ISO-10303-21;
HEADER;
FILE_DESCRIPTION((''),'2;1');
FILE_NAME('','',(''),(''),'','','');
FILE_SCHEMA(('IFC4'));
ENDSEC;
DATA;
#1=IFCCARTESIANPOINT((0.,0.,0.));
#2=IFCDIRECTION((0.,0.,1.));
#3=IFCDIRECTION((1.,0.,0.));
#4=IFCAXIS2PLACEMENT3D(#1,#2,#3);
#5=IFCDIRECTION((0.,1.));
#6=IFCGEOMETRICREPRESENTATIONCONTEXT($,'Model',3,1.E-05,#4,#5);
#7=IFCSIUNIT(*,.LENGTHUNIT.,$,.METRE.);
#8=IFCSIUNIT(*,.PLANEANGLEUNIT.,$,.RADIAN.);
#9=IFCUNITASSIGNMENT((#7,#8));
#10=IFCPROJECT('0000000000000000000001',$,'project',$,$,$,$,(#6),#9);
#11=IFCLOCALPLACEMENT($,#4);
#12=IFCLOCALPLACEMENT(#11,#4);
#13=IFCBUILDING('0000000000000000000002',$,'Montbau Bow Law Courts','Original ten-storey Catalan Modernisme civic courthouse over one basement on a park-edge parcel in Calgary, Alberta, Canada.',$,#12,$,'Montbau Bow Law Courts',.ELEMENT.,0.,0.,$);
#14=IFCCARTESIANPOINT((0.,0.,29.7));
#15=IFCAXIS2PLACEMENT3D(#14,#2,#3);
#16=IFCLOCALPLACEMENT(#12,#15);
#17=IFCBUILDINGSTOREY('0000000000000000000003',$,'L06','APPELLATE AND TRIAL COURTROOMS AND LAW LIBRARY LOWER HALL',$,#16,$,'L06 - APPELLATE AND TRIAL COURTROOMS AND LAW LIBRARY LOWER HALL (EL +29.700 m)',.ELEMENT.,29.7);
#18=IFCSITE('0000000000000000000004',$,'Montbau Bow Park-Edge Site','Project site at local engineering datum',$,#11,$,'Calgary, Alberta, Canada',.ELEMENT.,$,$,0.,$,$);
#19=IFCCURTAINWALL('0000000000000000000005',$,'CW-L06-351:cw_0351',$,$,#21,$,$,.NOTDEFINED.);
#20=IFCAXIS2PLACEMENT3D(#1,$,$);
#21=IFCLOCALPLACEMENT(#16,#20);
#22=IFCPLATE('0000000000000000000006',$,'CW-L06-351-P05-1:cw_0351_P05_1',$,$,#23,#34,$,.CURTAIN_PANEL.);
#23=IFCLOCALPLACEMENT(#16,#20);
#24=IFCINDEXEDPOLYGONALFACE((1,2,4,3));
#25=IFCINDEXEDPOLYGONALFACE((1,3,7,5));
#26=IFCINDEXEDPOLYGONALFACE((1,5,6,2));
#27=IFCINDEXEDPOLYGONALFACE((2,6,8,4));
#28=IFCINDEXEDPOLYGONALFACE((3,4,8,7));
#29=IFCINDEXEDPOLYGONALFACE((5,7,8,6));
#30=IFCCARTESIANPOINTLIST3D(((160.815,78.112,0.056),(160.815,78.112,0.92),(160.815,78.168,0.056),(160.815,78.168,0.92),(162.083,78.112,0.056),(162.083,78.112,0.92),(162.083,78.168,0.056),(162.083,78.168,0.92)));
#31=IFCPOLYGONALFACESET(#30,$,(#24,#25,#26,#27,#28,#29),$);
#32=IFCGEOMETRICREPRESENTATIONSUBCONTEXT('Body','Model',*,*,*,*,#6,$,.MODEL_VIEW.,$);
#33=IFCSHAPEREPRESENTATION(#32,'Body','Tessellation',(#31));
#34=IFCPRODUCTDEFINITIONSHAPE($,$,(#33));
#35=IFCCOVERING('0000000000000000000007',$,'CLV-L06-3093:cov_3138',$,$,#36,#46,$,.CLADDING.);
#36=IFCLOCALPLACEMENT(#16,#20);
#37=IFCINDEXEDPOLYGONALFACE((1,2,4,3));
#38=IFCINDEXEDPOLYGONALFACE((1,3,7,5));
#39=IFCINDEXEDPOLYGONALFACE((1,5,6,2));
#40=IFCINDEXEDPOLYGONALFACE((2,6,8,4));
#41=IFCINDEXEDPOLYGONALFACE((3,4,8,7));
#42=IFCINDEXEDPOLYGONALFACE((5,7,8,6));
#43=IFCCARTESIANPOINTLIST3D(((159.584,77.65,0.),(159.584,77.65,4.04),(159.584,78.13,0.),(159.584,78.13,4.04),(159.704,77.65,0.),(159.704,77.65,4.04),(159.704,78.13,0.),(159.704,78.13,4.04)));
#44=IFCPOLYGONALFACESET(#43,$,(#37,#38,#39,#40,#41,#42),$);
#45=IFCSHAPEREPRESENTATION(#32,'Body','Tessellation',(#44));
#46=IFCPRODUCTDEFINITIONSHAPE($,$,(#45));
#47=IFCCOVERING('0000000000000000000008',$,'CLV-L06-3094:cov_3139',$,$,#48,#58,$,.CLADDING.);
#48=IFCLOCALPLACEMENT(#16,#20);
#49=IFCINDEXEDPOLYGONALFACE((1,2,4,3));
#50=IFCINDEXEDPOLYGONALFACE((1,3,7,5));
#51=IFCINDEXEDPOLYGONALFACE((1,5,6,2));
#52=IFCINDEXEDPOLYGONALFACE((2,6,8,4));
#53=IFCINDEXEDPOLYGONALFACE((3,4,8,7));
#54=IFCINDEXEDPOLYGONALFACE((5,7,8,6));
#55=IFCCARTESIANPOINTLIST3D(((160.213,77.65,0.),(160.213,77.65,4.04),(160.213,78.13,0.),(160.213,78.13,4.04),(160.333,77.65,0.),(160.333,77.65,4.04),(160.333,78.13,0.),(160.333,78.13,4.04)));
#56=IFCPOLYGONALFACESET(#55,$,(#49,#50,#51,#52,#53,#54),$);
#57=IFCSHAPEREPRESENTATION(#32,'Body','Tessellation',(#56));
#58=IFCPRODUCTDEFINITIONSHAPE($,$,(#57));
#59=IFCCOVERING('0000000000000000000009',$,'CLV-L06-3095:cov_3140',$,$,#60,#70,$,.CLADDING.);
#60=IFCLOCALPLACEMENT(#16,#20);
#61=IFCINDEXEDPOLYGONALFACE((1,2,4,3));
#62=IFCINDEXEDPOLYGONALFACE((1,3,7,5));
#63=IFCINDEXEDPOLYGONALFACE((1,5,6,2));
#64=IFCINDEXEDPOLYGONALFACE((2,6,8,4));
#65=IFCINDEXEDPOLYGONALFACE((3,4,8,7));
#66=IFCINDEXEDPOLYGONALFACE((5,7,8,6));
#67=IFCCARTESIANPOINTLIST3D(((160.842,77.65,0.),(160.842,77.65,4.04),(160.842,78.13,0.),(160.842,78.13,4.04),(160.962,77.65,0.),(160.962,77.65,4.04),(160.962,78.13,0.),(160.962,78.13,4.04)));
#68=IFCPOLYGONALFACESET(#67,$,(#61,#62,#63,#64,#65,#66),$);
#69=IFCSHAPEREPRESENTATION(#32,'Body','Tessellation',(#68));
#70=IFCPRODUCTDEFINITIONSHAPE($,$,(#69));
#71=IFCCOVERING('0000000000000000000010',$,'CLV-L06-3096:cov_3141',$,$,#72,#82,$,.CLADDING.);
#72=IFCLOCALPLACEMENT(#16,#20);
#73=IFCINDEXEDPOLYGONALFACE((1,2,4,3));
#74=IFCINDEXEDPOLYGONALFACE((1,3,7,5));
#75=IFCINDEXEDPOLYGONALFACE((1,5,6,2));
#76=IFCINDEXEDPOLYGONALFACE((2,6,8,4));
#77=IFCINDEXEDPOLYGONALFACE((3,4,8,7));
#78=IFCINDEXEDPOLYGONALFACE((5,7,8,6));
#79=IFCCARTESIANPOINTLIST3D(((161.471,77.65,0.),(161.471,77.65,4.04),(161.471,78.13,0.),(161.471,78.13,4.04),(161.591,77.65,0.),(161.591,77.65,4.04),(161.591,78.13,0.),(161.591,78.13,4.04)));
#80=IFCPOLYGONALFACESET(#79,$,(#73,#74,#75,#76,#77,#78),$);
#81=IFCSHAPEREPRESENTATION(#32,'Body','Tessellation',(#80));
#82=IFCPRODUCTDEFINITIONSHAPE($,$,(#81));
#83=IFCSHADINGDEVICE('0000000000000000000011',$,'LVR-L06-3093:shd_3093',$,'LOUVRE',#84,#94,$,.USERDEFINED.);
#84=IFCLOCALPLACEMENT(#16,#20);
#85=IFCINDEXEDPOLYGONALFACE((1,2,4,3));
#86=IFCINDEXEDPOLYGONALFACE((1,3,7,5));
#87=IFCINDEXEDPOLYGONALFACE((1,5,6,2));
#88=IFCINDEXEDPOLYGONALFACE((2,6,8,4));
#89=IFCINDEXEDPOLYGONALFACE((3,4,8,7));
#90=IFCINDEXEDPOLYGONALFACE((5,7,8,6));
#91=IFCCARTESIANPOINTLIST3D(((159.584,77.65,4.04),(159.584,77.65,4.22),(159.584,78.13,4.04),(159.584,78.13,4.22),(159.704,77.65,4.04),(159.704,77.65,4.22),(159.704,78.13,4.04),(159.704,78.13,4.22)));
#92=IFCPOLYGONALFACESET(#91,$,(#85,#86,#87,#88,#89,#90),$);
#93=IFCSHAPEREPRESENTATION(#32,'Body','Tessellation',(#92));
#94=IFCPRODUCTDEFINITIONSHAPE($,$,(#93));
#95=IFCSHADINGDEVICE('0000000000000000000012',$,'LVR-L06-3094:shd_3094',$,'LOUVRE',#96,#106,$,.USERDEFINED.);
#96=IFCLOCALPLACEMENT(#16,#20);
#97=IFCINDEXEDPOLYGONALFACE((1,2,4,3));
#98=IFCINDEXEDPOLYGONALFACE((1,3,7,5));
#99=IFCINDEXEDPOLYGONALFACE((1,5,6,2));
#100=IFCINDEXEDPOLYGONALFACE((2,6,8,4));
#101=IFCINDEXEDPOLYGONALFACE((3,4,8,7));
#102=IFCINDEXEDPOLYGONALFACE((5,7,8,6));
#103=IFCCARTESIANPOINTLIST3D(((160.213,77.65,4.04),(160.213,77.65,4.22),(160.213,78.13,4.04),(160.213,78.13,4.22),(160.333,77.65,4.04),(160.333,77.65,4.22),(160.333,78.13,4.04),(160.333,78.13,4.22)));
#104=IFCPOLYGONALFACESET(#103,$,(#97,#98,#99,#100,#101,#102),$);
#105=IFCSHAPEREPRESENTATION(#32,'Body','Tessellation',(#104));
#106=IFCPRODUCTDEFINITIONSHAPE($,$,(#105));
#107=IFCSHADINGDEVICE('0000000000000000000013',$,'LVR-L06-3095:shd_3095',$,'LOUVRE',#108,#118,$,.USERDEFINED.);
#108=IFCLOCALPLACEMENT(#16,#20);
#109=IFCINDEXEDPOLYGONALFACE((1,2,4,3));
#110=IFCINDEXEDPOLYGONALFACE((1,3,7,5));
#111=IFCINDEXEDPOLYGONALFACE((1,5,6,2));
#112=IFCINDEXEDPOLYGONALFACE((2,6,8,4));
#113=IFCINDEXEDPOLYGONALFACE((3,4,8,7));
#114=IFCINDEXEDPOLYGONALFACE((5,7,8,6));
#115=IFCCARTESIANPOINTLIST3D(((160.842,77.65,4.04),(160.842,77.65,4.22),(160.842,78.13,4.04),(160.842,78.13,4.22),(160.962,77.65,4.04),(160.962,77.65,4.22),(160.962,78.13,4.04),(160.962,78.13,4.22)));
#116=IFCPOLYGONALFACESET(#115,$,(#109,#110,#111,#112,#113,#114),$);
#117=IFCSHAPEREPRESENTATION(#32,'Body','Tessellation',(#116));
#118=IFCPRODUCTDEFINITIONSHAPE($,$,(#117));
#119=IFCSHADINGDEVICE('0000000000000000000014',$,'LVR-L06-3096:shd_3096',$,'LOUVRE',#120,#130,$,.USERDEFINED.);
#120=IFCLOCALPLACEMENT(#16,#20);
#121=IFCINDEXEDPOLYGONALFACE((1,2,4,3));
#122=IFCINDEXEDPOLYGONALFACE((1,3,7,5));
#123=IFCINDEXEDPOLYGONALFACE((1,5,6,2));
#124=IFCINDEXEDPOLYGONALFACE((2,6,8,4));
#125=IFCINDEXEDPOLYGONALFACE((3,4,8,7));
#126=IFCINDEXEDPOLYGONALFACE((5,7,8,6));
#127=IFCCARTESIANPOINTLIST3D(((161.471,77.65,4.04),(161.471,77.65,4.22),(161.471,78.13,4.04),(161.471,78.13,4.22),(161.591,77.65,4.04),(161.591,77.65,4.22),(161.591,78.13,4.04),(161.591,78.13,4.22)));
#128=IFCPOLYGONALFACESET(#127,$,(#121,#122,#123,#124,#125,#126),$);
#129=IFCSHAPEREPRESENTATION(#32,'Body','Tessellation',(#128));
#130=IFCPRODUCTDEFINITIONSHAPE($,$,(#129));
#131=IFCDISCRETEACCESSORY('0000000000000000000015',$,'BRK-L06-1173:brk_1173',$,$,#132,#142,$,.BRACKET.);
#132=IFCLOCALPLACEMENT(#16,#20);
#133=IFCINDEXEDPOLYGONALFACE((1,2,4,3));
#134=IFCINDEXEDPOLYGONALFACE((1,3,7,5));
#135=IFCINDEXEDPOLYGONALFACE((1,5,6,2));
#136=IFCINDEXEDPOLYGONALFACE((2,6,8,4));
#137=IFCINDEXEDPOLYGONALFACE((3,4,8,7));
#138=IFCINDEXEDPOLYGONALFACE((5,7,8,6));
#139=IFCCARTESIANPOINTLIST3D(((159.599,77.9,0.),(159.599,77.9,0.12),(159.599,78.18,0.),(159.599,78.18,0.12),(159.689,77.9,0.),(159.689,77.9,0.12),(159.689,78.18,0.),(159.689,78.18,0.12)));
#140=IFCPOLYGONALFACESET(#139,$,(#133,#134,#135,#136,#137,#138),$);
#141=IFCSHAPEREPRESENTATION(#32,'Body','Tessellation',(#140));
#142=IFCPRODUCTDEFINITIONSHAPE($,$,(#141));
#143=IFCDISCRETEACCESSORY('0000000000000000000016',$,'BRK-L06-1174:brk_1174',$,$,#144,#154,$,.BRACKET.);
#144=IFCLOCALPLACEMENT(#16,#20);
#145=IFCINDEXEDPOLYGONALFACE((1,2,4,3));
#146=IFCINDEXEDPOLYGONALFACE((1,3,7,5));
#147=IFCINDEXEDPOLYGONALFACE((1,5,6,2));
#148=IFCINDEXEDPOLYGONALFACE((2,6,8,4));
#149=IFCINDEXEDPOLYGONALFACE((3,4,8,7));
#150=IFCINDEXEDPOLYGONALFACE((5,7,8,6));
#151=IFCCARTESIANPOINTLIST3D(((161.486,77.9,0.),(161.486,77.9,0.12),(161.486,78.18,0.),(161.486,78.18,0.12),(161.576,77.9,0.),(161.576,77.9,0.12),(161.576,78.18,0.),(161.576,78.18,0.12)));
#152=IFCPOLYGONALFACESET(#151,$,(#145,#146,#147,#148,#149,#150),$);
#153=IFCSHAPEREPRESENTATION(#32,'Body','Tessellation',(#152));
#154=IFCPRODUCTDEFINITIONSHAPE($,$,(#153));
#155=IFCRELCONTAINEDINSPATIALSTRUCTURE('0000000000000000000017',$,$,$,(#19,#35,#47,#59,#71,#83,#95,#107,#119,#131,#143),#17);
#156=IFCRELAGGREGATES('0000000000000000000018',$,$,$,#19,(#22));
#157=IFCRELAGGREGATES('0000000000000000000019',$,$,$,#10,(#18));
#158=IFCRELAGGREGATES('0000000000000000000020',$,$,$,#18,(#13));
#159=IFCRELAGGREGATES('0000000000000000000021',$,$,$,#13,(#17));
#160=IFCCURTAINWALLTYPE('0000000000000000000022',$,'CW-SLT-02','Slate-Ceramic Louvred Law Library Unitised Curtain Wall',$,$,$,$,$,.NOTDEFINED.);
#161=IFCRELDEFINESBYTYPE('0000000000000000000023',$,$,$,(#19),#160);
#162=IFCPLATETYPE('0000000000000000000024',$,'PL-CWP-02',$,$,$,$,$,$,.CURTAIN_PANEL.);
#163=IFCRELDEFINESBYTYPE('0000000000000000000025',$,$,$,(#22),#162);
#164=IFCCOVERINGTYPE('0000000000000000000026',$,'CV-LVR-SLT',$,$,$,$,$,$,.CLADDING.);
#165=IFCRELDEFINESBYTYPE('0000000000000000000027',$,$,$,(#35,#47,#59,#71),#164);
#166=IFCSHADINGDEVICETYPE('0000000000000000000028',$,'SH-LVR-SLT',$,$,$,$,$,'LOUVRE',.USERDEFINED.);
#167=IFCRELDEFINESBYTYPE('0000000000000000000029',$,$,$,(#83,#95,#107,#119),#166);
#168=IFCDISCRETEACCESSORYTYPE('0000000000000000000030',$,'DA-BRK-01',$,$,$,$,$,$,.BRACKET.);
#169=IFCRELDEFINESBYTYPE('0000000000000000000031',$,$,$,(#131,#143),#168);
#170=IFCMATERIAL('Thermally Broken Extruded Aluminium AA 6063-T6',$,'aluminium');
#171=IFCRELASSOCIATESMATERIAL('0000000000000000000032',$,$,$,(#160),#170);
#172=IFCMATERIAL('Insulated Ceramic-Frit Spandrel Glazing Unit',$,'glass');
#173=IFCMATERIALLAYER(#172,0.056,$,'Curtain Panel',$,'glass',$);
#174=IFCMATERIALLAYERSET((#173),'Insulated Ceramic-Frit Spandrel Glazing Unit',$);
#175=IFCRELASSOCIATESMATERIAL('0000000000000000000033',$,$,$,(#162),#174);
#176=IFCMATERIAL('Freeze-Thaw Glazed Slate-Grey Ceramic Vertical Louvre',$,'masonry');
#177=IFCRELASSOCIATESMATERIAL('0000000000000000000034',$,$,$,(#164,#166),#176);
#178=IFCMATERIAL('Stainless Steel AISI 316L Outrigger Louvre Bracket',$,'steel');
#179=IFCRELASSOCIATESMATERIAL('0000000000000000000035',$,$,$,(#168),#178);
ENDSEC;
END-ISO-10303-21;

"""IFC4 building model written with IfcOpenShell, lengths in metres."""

from ifc_helpers import new_model, si_unit, direction, frame, frame_2d, origin_with_axes, origin_2d_with_axis, place, context, subcontext, project, spatial, rectangle, extrude, material, layer, layer_set, type_object, element, aggregate, save


model = new_model("IFC4")

# Units and contexts
model_context = context("Model", 3, precision=1e-05, world=origin_with_axes(), true_north=direction((0.0, 1.0)))
body_context = subcontext(model_context, "Body", "Model", "MODEL_VIEW")
ifc_project = project(units=[si_unit("LENGTHUNIT", "METRE"), si_unit("PLANEANGLEUNIT", "RADIAN")], contexts=[model_context])

# Site, building, storey
site_placement = place(None, origin_with_axes())
site = spatial("IfcSite", under=ifc_project, at=site_placement, Name="Montbau Bow Park-Edge Site", Description="Project site at local engineering datum", LongName="Calgary, Alberta, Canada", CompositionType="ELEMENT", RefElevation=0.0)
building_placement = place(site_placement, origin_with_axes())
building = spatial("IfcBuilding", under=site, at=building_placement, Name="Montbau Bow Law Courts", Description="Original ten-storey Catalan Modernisme civic courthouse over one basement on a park-edge parcel in Calgary, Alberta, Canada.", LongName="Montbau Bow Law Courts", CompositionType="ELEMENT", ElevationOfRefHeight=0.0, ElevationOfTerrain=0.0)
storey_placement = place(building_placement, frame((0.0, 0.0, 29.7), z_axis=(0.0, 0.0, 1.0), x_axis=(1.0, 0.0, 0.0)))
storey = spatial("IfcBuildingStorey", under=building, at=storey_placement, Name="L06", Description="APPELLATE AND TRIAL COURTROOMS AND LAW LIBRARY LOWER HALL", LongName="L06 - APPELLATE AND TRIAL COURTROOMS AND LAW LIBRARY LOWER HALL (EL +29.700 m)", CompositionType="ELEMENT", Elevation=29.7)

# Curtain wall, plate
ifc_material_1 = material(Name="Thermally Broken Extruded Aluminium AA 6063-T6", Category="aluminium")
curtain_wall_type = type_object("IfcCurtainWallType", Name="CW-SLT-02", Description="Slate-Ceramic Louvred Law Library Unitised Curtain Wall", PredefinedType="NOTDEFINED", material=ifc_material_1)
curtain_wall_placement = place(None, frame((155.24, 78.14, 29.7), z_axis=(0.0, 0.0, 1.0), x_axis=(1.0, 0.0, 0.0)))
curtain_wall = element("IfcCurtainWall", 1, at=curtain_wall_placement, inside=storey, type_object=curtain_wall_type, Name="CW-L06-351:cw_0351", PredefinedType="NOTDEFINED")
ifc_material_2 = material(Name="Insulated Ceramic-Frit Spandrel Glazing Unit", Category="glass")
ifc_layer_1 = layer(ifc_material_2, 0.056, Name="Curtain Panel", Category="glass")
ifc_layer_set_1 = layer_set([ifc_layer_1], Name="Insulated Ceramic-Frit Spandrel Glazing Unit")
plate_type_1 = type_object("IfcPlateType", Name="PL-CWP-02", PredefinedType="CURTAIN_PANEL", material=ifc_layer_set_1)
plate_1_placement = place(None, frame((160.815, 78.14, 29.756), z_axis=(0.0, -1.0, 0.0), x_axis=(1.0, 0.0, 0.0)))
plate_1 = element("IfcPlate", 2, at=plate_1_placement, type_object=plate_type_1, Name="CW-L06-351-P05-1:cw_0351_P05_1", PredefinedType="CURTAIN_PANEL", context=body_context, shape_type="SweptSolid", body=[
    extrude(rectangle(XDim=1.268, YDim=0.864, at=frame_2d((0.634, 0.432), x_axis=(1.0, 0.0))), frame((0.0, 0.0, -0.028), z_axis=(0.0, 0.0, 1.0), x_axis=(1.0, 0.0, 0.0)), (0.0, 0.0, 1.0), 0.056),
])
aggregate(curtain_wall, [plate_1])

# Coverings
ifc_material_3 = material(Name="Freeze-Thaw Glazed Slate-Grey Ceramic Vertical Louvre", Category="masonry")
covering_type = type_object("IfcCoveringType", Name="CV-LVR-SLT", PredefinedType="CLADDING", material=ifc_material_3)
for number, where, z_axis, x_axis, name in (
    (3, (159.644, 78.13, 29.7), (-1.0, 0.0, 0.0), (0.0, -1.0, 0.0), "CLV-L06-3093:cov_3138"),
    (4, (160.273, 78.13, 29.7), (-1.0, 0.0, 0.0), (0.0, -1.0, 0.0), "CLV-L06-3094:cov_3139"),
    (5, (160.902, 78.13, 29.7), (-1.0, 0.0, 0.0), (0.0, -1.0, 0.0), "CLV-L06-3095:cov_3140"),
    (6, (161.531, 78.13, 29.7), (-1.0, 0.0, 0.0), (0.0, -1.0, 0.0), "CLV-L06-3096:cov_3141"),
):
    element("IfcCovering", number, at=place(None, frame(where, z_axis=z_axis, x_axis=x_axis)), inside=storey, type_object=covering_type, Name=name, PredefinedType="CLADDING", context=body_context, shape_type="SweptSolid", body=[
        extrude(rectangle(XDim=0.48, YDim=4.04, at=frame_2d((0.24, 2.02), x_axis=(1.0, 0.0))), frame((0.0, 0.0, -0.06), z_axis=(0.0, 0.0, 1.0), x_axis=(1.0, 0.0, 0.0)), (0.0, 0.0, 1.0), 0.12),
    ])

# Shading devices
shading_device_type = type_object("IfcShadingDeviceType", Name="SH-LVR-SLT", ElementType="LOUVRE", PredefinedType="USERDEFINED", material=ifc_material_3)
for number, where, z_axis, x_axis, name in (
    (7, (159.644, 77.89, 33.74), (0.0, 0.0, 1.0), (0.0, -1.0, 0.0), "LVR-L06-3093:shd_3093"),
    (8, (160.273, 77.89, 33.74), (0.0, 0.0, 1.0), (0.0, -1.0, 0.0), "LVR-L06-3094:shd_3094"),
    (9, (160.902, 77.89, 33.74), (0.0, 0.0, 1.0), (0.0, -1.0, 0.0), "LVR-L06-3095:shd_3095"),
    (10, (161.531, 77.89, 33.74), (0.0, 0.0, 1.0), (0.0, -1.0, 0.0), "LVR-L06-3096:shd_3096"),
):
    element("IfcShadingDevice", number, at=place(None, frame(where, z_axis=z_axis, x_axis=x_axis)), inside=storey, type_object=shading_device_type, Name=name, ObjectType="LOUVRE", PredefinedType="USERDEFINED", context=body_context, shape_type="SweptSolid", body=[
        extrude(rectangle(XDim=0.48, YDim=0.12, at=origin_2d_with_axis()), origin_with_axes(), (0.0, 0.0, 1.0), 0.18),
    ])

# Discrete accessories
ifc_material_4 = material(Name="Stainless Steel AISI 316L Outrigger Louvre Bracket", Category="steel")
discrete_accessory_type = type_object("IfcDiscreteAccessoryType", Name="DA-BRK-01", PredefinedType="BRACKET", material=ifc_material_4)
for number, where, z_axis, x_axis, name in (
    (11, (159.644, 78.04, 29.7), (0.0, 0.0, 1.0), (0.0, -1.0, 0.0), "BRK-L06-1173:brk_1173"),
    (12, (161.531, 78.04, 29.7), (0.0, 0.0, 1.0), (0.0, -1.0, 0.0), "BRK-L06-1174:brk_1174"),
):
    element("IfcDiscreteAccessory", number, at=place(None, frame(where, z_axis=z_axis, x_axis=x_axis)), inside=storey, type_object=discrete_accessory_type, Name=name, PredefinedType="BRACKET", context=body_context, shape_type="SweptSolid", body=[
        extrude(rectangle(XDim=0.28, YDim=0.09, at=origin_2d_with_axis()), origin_with_axes(), (0.0, 0.0, 1.0), 0.12),
    ])

save(model, "model.ifc")
